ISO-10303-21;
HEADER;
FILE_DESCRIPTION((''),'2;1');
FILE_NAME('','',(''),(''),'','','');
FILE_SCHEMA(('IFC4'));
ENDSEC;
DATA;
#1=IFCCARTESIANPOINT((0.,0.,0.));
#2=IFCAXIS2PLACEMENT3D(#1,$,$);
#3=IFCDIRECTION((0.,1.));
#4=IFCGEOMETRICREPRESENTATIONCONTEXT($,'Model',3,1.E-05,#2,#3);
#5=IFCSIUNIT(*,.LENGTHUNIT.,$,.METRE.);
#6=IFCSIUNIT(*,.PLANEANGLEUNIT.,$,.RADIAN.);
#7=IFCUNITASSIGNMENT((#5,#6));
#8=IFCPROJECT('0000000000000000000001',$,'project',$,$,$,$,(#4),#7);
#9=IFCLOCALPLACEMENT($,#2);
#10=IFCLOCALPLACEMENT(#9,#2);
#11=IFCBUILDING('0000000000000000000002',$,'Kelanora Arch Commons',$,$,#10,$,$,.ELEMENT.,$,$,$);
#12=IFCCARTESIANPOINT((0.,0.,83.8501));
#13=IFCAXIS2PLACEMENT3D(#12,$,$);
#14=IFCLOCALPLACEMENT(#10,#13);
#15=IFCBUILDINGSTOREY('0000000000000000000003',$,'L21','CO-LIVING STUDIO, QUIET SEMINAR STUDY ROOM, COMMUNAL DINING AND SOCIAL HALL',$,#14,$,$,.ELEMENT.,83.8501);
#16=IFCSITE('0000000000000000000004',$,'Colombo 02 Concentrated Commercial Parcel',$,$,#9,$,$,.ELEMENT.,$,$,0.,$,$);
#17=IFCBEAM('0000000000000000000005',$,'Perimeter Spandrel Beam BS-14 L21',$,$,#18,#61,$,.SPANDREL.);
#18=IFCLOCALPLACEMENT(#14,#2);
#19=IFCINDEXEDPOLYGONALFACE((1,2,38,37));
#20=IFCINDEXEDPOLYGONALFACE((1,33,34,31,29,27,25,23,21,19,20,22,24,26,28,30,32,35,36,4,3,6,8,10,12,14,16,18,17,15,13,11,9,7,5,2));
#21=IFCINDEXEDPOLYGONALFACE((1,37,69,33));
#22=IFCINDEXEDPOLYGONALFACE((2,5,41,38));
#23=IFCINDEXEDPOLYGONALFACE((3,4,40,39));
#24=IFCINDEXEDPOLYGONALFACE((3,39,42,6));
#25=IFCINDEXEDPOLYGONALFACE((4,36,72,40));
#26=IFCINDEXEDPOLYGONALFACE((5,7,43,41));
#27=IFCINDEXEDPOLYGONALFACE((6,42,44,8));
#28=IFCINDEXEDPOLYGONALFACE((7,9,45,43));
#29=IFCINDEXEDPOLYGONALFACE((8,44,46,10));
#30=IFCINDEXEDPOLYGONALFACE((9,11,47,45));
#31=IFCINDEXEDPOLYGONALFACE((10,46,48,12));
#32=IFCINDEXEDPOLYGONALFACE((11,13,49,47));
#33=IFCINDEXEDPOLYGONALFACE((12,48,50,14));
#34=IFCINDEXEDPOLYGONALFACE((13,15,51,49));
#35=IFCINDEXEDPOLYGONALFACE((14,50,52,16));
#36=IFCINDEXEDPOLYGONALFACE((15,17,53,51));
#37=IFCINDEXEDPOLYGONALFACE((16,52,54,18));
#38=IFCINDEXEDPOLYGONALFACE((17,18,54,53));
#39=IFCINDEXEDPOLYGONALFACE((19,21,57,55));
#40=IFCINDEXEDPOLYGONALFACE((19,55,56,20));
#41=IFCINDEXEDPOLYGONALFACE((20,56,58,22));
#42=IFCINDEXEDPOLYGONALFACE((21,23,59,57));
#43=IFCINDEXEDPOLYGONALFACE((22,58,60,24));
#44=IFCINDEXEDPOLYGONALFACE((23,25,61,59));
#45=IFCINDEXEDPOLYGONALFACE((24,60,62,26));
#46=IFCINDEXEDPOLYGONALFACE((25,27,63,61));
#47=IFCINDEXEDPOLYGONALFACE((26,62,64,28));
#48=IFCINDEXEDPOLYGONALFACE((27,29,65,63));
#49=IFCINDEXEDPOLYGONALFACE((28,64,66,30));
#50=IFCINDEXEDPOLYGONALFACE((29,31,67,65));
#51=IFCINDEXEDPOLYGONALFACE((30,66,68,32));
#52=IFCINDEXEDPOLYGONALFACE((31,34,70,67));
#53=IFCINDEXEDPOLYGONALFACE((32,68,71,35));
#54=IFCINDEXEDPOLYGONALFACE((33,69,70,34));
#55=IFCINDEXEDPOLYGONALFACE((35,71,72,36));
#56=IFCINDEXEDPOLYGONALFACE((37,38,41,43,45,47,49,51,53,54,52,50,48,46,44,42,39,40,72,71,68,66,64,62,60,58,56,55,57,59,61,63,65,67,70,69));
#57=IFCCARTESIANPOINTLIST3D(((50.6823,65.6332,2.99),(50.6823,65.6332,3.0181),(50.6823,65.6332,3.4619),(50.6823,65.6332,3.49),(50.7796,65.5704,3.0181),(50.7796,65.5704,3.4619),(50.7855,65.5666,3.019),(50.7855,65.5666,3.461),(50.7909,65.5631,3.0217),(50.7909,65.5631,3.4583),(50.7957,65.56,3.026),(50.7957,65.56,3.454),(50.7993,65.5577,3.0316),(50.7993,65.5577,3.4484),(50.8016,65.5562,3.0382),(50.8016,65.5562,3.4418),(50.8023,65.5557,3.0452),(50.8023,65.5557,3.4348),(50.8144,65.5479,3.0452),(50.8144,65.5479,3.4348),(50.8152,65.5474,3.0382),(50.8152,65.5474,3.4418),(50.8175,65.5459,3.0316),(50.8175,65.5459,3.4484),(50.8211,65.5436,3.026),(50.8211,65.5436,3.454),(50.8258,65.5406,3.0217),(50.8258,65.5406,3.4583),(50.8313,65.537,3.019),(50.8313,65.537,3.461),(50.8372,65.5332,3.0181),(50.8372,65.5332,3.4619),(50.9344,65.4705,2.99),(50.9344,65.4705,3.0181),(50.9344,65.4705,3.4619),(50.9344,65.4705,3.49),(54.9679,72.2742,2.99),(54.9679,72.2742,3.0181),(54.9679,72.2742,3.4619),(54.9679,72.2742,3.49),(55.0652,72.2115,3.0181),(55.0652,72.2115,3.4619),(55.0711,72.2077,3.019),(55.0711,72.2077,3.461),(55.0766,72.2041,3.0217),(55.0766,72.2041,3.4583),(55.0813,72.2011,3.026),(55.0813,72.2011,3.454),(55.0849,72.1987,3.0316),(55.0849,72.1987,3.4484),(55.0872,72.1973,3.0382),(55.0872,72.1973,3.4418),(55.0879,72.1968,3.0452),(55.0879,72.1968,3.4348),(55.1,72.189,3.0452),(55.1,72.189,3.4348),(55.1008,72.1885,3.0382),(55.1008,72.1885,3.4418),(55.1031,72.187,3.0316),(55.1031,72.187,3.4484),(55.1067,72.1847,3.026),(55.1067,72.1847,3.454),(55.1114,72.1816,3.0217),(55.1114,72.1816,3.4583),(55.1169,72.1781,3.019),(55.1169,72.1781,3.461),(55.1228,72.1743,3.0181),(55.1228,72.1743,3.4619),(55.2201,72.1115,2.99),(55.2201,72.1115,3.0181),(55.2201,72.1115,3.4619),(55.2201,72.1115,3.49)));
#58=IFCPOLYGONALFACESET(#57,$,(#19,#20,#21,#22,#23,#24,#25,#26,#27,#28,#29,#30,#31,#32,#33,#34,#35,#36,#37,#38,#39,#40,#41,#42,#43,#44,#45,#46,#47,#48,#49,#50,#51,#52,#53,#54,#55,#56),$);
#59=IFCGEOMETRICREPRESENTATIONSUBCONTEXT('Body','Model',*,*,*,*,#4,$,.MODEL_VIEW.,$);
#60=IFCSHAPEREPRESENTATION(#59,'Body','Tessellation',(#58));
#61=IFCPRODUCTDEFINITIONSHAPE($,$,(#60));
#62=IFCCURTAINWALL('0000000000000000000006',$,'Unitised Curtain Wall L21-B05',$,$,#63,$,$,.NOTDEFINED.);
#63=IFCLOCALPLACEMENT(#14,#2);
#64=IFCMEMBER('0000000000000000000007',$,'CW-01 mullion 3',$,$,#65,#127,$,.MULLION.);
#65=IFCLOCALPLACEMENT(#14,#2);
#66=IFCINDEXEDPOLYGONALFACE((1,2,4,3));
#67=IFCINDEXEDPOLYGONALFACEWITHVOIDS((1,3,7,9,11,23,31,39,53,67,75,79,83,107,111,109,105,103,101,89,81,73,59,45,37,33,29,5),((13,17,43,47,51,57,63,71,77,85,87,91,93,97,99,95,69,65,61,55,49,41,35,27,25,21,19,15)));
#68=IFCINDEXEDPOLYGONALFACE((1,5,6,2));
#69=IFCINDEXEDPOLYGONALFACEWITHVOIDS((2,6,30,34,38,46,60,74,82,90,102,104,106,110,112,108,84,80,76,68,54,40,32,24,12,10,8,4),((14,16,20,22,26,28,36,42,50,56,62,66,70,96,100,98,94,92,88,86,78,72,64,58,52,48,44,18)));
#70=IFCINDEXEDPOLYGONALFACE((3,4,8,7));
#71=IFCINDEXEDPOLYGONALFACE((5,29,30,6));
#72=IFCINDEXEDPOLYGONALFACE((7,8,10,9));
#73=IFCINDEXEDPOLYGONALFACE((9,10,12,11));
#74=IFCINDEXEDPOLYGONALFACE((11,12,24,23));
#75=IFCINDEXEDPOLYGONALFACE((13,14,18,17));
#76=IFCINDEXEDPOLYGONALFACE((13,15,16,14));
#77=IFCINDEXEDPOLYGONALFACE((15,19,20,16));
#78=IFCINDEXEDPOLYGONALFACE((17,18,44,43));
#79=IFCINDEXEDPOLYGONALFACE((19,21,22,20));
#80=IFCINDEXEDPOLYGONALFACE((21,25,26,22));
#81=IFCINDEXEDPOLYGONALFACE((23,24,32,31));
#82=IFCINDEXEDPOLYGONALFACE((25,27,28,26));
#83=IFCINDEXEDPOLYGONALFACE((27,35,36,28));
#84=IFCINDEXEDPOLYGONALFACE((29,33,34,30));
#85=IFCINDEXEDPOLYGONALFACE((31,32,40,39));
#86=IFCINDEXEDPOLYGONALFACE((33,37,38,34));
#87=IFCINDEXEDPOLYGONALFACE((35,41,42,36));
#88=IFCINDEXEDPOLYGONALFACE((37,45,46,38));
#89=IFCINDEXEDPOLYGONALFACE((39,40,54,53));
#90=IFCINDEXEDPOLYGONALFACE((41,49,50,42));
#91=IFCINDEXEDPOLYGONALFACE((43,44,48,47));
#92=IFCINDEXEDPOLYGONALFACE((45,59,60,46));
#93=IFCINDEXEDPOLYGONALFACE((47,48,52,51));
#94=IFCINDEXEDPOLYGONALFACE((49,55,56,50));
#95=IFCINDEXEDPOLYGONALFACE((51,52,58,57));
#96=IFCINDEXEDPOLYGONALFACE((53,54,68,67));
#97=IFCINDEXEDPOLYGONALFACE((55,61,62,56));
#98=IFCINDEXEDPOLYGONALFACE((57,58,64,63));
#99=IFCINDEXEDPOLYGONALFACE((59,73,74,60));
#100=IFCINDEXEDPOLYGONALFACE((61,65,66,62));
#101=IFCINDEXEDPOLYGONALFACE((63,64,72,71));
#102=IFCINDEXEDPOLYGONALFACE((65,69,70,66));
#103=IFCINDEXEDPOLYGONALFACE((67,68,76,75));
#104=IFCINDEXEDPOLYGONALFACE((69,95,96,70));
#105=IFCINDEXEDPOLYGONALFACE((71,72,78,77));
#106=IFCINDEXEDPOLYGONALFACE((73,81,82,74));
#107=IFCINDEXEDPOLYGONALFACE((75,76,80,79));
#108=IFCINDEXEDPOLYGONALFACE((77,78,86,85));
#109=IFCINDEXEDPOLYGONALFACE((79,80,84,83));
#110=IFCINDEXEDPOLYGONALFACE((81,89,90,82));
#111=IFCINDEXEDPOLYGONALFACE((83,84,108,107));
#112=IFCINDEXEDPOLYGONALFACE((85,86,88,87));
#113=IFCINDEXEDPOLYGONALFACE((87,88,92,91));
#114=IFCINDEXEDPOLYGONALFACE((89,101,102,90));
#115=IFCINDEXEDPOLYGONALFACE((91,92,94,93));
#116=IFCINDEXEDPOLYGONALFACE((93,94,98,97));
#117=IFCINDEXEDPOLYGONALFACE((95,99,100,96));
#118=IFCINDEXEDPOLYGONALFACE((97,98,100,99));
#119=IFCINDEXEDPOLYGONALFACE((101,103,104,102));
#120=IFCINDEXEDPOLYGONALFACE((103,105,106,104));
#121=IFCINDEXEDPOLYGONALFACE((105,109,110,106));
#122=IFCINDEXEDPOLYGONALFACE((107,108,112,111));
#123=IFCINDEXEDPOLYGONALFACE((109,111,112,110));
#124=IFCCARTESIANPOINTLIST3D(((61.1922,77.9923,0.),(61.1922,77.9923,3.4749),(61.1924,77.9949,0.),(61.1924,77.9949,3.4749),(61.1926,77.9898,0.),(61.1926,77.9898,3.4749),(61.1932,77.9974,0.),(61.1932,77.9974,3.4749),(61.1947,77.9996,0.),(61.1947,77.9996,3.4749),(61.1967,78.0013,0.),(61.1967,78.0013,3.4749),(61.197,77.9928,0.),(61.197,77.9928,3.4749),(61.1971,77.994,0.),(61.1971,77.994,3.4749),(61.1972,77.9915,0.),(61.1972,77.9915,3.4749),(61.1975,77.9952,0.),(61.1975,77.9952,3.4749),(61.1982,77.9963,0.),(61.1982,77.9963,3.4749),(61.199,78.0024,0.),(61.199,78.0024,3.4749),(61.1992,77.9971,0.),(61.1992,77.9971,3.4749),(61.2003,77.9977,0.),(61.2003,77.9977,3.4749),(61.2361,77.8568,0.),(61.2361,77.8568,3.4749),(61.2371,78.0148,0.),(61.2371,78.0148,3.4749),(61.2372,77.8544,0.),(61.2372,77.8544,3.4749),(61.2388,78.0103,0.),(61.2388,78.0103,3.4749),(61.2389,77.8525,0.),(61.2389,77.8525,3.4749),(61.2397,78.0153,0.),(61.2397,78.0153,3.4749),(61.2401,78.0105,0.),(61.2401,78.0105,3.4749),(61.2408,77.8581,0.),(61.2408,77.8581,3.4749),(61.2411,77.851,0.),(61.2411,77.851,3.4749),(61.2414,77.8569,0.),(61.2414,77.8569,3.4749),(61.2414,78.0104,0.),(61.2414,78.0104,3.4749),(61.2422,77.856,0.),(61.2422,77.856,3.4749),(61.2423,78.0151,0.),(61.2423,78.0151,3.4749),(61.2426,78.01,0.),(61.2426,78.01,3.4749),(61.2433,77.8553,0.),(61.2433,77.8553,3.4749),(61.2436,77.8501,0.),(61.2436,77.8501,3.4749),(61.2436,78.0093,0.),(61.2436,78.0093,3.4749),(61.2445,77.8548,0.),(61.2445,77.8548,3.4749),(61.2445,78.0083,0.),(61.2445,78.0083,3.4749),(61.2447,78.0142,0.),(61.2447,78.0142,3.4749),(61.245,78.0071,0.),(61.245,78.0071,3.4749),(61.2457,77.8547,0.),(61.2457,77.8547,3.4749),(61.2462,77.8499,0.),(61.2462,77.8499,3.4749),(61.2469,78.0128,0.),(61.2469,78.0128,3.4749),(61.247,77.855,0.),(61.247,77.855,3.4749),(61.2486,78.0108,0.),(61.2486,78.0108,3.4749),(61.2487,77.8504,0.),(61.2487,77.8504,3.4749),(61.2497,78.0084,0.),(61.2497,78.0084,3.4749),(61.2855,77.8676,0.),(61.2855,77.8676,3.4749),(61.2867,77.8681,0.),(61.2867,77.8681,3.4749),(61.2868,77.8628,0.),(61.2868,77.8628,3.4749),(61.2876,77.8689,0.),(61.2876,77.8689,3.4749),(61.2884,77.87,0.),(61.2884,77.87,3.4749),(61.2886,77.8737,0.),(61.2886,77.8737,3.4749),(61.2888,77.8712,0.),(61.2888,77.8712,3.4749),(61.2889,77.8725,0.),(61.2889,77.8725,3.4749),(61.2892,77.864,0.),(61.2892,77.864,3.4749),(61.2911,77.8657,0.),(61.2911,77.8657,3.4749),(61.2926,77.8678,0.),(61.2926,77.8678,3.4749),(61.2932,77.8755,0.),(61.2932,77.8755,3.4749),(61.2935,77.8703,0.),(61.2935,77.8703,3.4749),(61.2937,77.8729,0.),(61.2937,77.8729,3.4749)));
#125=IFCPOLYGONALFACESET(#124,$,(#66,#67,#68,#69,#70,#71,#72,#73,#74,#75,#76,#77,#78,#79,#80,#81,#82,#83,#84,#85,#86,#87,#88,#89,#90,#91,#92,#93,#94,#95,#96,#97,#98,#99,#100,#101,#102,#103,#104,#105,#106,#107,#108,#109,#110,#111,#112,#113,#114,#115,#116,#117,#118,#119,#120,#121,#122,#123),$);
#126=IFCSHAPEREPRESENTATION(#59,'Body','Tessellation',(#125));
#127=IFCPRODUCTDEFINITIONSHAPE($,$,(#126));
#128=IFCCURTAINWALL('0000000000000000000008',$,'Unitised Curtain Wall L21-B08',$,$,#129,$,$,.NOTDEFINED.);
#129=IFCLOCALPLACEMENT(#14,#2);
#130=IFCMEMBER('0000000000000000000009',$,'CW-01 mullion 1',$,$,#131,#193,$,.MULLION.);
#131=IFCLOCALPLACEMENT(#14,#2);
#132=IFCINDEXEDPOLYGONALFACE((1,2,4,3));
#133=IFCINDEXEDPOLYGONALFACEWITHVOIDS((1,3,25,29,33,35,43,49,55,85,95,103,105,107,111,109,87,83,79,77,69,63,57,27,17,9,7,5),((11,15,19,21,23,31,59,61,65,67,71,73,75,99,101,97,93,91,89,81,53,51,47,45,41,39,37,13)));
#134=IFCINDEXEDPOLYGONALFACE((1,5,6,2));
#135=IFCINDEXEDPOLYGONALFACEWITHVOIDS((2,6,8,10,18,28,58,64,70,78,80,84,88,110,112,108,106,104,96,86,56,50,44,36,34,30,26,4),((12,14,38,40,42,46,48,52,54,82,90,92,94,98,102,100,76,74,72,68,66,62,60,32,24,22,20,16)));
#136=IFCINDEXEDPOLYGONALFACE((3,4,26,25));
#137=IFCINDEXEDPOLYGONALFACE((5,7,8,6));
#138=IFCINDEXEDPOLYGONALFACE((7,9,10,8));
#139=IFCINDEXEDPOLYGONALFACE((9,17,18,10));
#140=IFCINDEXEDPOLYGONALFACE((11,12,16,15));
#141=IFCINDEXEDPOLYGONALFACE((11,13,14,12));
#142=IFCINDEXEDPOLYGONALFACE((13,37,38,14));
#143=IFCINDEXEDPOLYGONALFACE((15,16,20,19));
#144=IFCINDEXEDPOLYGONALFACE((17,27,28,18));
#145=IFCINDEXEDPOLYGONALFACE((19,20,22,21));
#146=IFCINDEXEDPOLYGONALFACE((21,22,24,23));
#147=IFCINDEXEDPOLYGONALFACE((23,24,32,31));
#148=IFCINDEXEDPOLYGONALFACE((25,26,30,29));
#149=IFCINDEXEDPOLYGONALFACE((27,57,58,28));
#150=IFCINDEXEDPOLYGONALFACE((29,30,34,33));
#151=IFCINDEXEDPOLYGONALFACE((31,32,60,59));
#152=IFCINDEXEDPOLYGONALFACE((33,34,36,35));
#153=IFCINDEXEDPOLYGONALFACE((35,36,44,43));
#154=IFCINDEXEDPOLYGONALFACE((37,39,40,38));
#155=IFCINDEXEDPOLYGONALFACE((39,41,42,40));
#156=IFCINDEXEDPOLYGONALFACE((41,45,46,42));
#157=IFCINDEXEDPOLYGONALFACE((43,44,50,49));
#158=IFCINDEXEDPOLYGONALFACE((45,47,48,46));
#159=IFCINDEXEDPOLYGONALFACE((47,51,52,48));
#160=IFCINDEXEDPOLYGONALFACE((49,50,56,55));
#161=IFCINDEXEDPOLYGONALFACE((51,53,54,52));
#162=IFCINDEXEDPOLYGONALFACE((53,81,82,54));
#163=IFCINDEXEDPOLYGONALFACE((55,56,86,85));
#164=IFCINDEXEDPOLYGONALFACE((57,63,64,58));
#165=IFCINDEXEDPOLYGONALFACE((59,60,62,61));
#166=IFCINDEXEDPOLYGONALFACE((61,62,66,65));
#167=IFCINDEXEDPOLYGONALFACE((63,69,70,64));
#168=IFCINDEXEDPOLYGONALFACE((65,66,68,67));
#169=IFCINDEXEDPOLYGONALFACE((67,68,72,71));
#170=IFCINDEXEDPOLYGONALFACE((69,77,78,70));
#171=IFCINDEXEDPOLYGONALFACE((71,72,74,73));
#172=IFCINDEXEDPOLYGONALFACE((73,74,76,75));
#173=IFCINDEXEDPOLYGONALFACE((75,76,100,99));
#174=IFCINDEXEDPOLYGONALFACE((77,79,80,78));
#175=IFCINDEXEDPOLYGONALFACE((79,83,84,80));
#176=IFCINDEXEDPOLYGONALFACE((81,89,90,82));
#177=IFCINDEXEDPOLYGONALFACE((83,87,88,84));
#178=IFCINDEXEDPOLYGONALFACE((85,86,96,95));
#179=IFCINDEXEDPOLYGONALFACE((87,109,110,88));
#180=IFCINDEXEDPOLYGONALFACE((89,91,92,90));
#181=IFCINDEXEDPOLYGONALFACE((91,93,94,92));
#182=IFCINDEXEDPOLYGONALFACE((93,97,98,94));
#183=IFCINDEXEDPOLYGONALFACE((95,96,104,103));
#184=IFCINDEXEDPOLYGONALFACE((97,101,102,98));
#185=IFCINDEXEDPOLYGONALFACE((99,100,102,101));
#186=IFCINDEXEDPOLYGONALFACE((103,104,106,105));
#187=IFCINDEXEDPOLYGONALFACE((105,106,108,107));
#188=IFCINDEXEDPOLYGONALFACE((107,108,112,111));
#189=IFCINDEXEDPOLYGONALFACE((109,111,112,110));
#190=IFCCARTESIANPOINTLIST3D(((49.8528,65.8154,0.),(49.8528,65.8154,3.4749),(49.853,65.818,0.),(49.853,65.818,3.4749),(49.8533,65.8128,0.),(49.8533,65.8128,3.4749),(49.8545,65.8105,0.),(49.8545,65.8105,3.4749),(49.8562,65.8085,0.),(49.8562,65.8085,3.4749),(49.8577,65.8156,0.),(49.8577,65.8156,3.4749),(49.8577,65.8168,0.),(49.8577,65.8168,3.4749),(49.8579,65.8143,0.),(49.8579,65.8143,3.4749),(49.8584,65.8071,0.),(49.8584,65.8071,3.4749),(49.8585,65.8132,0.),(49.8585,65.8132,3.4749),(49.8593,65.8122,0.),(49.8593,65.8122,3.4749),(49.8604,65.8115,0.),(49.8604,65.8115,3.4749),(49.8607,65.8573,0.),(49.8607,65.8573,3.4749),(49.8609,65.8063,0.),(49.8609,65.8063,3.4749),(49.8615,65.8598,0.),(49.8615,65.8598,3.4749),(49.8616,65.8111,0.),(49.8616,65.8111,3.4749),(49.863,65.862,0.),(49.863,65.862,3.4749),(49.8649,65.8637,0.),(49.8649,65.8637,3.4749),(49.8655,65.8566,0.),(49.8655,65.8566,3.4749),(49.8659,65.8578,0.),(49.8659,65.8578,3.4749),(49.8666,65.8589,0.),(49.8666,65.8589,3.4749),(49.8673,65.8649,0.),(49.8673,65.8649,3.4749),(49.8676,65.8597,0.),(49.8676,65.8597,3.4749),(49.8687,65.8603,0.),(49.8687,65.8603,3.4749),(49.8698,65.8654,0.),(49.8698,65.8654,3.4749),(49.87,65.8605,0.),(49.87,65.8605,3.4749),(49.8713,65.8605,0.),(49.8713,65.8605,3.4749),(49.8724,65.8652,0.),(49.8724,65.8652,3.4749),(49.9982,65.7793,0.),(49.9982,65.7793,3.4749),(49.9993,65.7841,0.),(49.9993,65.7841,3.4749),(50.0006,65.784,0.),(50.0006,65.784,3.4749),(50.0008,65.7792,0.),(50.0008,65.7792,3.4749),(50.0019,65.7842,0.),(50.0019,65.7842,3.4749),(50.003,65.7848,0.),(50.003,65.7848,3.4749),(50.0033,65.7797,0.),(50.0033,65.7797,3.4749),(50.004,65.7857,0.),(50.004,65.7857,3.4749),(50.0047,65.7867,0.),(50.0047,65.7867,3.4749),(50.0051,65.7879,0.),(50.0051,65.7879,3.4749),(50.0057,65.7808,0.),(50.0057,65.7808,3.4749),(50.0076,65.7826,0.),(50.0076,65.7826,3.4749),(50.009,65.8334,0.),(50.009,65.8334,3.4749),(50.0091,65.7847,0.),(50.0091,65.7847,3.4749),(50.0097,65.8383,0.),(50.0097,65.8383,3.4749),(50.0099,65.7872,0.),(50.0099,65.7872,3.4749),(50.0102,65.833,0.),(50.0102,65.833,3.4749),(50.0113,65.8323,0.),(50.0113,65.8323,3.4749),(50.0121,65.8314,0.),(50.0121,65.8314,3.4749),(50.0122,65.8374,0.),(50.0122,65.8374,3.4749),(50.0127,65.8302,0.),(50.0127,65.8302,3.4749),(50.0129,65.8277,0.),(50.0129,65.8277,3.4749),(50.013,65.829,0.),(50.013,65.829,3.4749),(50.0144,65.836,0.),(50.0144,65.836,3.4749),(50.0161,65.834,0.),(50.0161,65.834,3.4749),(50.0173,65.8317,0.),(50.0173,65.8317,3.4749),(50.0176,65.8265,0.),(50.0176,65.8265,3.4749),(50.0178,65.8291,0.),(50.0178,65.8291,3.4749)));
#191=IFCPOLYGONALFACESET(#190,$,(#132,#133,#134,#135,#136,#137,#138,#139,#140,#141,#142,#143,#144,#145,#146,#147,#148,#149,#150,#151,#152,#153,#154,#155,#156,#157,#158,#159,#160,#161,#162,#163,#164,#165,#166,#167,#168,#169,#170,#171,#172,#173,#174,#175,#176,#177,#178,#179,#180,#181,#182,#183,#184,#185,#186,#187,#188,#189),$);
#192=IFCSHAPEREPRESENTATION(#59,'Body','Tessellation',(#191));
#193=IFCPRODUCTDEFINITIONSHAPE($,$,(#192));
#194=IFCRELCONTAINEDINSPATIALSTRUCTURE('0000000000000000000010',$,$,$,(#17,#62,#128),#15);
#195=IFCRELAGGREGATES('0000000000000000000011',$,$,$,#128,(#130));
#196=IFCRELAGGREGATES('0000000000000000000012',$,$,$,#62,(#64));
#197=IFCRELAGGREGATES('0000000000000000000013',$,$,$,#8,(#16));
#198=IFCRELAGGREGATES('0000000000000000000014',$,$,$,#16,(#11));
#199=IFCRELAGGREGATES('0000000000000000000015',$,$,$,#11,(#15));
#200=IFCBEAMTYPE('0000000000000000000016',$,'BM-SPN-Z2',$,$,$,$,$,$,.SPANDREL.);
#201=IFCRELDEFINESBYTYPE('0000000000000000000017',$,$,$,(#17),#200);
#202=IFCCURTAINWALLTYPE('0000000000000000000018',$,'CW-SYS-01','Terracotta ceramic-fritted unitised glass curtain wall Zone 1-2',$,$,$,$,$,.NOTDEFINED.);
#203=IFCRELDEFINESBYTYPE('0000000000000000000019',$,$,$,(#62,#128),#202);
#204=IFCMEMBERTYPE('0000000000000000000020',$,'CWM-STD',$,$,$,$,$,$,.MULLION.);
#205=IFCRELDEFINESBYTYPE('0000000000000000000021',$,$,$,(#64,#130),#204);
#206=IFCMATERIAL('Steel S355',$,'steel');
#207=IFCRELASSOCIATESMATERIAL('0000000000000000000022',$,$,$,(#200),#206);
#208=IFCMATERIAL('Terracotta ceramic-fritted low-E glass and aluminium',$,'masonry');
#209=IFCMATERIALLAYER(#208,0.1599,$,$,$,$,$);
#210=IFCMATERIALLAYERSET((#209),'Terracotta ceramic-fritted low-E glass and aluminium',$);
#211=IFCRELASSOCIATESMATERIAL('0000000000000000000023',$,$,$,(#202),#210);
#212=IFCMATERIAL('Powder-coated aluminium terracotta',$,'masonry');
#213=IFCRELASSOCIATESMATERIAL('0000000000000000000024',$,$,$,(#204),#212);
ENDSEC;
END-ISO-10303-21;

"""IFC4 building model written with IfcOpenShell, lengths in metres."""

from ifc_helpers import new_model, si_unit, direction, frame, origin, origin_2d, place, context, subcontext, project, spatial, hollow_rectangle, i_section, extrude, material, layer, layer_set, material_profile, profile_set, type_object, element, aggregate, save


model = new_model("IFC4")

# Units and contexts
model_context = context("Model", 3, precision=1e-05, world=origin(), true_north=direction((0.0, 1.0)))
body_context = subcontext(model_context, "Body", "Model", "MODEL_VIEW")
ifc_project = project(units=[si_unit("LENGTHUNIT", "METRE"), si_unit("PLANEANGLEUNIT", "RADIAN")], contexts=[model_context])

# Site, building, storey
site_placement = place(None, origin())
site = spatial("IfcSite", under=ifc_project, at=site_placement, Name="Colombo 02 Concentrated Commercial Parcel", CompositionType="ELEMENT", RefElevation=0.0)
building_placement = place(site_placement, origin())
building = spatial("IfcBuilding", under=site, at=building_placement, Name="Kelanora Arch Commons", CompositionType="ELEMENT")
storey_placement = place(building_placement, frame((0.0, 0.0, 83.8501)))
storey = spatial("IfcBuildingStorey", under=building, at=storey_placement, Name="L21", Description="CO-LIVING STUDIO, QUIET SEMINAR STUDY ROOM, COMMUNAL DINING AND SOCIAL HALL", CompositionType="ELEMENT", Elevation=83.8501)

# Beam
ifc_material_1 = material(Name="Steel S355", Category="steel")
ifc_material_profile_1 = material_profile(ifc_material_1, i_section(OverallWidth=0.3, OverallDepth=0.5, WebThickness=0.0144, FlangeThickness=0.0281, FilletRadius=0.0271, at=origin_2d()), Name="HEB500")
ifc_profile_set_1 = profile_set([ifc_material_profile_1], Name="Steel S355")
beam_type_1 = type_object("IfcBeamType", Name="BM-SPN-Z2", PredefinedType="SPANDREL", material=ifc_profile_set_1)
beam_1_placement = place(storey_placement, frame((55.094, 72.1929, 3.24), z_axis=(-0.542221, -0.840236, 0.0), x_axis=(0.840236, -0.542221, 0.0)))
element("IfcBeam", 1, at=beam_1_placement, inside=storey, type_object=beam_type_1, Name="Perimeter Spandrel Beam BS-14 L21", PredefinedType="SPANDREL", context=body_context, shape_type="SweptSolid", body=[
    extrude(i_section(OverallWidth=0.3, OverallDepth=0.5, WebThickness=0.0144, FlangeThickness=0.0281, FilletRadius=0.0271, at=origin_2d()), origin(), (0.0, 0.0, 1.0), 7.9038),
])

# Curtain wall, member
ifc_material_2 = material(Name="Terracotta ceramic-fritted low-E glass and aluminium", Category="masonry")
ifc_layer_1 = layer(ifc_material_2, 0.1599)
ifc_layer_set_1 = layer_set([ifc_layer_1], Name="Terracotta ceramic-fritted low-E glass and aluminium")
curtain_wall_type = type_object("IfcCurtainWallType", Name="CW-SYS-01", Description="Terracotta ceramic-fritted unitised glass curtain wall Zone 1-2", PredefinedType="NOTDEFINED", material=ifc_layer_set_1)
curtain_wall_1_placement = place(storey_placement, origin())
curtain_wall_1 = element("IfcCurtainWall", 2, at=curtain_wall_1_placement, inside=storey, type_object=curtain_wall_type, Name="Unitised Curtain Wall L21-B05", PredefinedType="NOTDEFINED")
ifc_material_3 = material(Name="Powder-coated aluminium terracotta", Category="masonry")
ifc_material_profile_2 = material_profile(ifc_material_3, hollow_rectangle(XDim=0.1599, YDim=0.0601, WallThickness=0.0049, InnerFilletRadius=0.0049, OuterFilletRadius=0.01, at=origin_2d()), Name="CWM160x60")
ifc_profile_set_2 = profile_set([ifc_material_profile_2], Name="Powder-coated aluminium terracotta")
member_type_1 = type_object("IfcMemberType", Name="CWM-STD", PredefinedType="MULLION", material=ifc_profile_set_2)
member_1_placement = place(storey_placement, frame((61.2429, 77.9326, 0.0), z_axis=(0.0, 0.0, 1.0), x_axis=(0.310805, -0.950474, 0.0)))
member_1 = element("IfcMember", 3, at=member_1_placement, type_object=member_type_1, Name="CW-01 mullion 3", PredefinedType="MULLION", context=body_context, shape_type="SweptSolid", body=[
    extrude(hollow_rectangle(XDim=0.1599, YDim=0.0601, WallThickness=0.0049, InnerFilletRadius=0.0049, OuterFilletRadius=0.01, at=origin_2d()), origin(), (0.0, 0.0, 1.0), 3.4749),
])

# Curtain wall, member
curtain_wall_2_placement = place(storey_placement, origin())
curtain_wall_2 = element("IfcCurtainWall", 4, at=curtain_wall_2_placement, inside=storey, type_object=curtain_wall_type, Name="Unitised Curtain Wall L21-B08", PredefinedType="NOTDEFINED")
member_2_placement = place(storey_placement, frame((49.9353, 65.8223, 0.0), z_axis=(0.0, 0.0, 1.0), x_axis=(0.98128, -0.192585, 0.0)))
member_2 = element("IfcMember", 5, at=member_2_placement, type_object=member_type_1, Name="CW-01 mullion 1", PredefinedType="MULLION", context=body_context, shape_type="SweptSolid", body=[
    extrude(hollow_rectangle(XDim=0.1599, YDim=0.0601, WallThickness=0.0049, InnerFilletRadius=0.0049, OuterFilletRadius=0.01, at=origin_2d()), origin(), (0.0, 0.0, 1.0), 3.4749),
])
aggregate(curtain_wall_2, [member_2])

aggregate(curtain_wall_1, [member_1])

save(model, "model.ifc")
